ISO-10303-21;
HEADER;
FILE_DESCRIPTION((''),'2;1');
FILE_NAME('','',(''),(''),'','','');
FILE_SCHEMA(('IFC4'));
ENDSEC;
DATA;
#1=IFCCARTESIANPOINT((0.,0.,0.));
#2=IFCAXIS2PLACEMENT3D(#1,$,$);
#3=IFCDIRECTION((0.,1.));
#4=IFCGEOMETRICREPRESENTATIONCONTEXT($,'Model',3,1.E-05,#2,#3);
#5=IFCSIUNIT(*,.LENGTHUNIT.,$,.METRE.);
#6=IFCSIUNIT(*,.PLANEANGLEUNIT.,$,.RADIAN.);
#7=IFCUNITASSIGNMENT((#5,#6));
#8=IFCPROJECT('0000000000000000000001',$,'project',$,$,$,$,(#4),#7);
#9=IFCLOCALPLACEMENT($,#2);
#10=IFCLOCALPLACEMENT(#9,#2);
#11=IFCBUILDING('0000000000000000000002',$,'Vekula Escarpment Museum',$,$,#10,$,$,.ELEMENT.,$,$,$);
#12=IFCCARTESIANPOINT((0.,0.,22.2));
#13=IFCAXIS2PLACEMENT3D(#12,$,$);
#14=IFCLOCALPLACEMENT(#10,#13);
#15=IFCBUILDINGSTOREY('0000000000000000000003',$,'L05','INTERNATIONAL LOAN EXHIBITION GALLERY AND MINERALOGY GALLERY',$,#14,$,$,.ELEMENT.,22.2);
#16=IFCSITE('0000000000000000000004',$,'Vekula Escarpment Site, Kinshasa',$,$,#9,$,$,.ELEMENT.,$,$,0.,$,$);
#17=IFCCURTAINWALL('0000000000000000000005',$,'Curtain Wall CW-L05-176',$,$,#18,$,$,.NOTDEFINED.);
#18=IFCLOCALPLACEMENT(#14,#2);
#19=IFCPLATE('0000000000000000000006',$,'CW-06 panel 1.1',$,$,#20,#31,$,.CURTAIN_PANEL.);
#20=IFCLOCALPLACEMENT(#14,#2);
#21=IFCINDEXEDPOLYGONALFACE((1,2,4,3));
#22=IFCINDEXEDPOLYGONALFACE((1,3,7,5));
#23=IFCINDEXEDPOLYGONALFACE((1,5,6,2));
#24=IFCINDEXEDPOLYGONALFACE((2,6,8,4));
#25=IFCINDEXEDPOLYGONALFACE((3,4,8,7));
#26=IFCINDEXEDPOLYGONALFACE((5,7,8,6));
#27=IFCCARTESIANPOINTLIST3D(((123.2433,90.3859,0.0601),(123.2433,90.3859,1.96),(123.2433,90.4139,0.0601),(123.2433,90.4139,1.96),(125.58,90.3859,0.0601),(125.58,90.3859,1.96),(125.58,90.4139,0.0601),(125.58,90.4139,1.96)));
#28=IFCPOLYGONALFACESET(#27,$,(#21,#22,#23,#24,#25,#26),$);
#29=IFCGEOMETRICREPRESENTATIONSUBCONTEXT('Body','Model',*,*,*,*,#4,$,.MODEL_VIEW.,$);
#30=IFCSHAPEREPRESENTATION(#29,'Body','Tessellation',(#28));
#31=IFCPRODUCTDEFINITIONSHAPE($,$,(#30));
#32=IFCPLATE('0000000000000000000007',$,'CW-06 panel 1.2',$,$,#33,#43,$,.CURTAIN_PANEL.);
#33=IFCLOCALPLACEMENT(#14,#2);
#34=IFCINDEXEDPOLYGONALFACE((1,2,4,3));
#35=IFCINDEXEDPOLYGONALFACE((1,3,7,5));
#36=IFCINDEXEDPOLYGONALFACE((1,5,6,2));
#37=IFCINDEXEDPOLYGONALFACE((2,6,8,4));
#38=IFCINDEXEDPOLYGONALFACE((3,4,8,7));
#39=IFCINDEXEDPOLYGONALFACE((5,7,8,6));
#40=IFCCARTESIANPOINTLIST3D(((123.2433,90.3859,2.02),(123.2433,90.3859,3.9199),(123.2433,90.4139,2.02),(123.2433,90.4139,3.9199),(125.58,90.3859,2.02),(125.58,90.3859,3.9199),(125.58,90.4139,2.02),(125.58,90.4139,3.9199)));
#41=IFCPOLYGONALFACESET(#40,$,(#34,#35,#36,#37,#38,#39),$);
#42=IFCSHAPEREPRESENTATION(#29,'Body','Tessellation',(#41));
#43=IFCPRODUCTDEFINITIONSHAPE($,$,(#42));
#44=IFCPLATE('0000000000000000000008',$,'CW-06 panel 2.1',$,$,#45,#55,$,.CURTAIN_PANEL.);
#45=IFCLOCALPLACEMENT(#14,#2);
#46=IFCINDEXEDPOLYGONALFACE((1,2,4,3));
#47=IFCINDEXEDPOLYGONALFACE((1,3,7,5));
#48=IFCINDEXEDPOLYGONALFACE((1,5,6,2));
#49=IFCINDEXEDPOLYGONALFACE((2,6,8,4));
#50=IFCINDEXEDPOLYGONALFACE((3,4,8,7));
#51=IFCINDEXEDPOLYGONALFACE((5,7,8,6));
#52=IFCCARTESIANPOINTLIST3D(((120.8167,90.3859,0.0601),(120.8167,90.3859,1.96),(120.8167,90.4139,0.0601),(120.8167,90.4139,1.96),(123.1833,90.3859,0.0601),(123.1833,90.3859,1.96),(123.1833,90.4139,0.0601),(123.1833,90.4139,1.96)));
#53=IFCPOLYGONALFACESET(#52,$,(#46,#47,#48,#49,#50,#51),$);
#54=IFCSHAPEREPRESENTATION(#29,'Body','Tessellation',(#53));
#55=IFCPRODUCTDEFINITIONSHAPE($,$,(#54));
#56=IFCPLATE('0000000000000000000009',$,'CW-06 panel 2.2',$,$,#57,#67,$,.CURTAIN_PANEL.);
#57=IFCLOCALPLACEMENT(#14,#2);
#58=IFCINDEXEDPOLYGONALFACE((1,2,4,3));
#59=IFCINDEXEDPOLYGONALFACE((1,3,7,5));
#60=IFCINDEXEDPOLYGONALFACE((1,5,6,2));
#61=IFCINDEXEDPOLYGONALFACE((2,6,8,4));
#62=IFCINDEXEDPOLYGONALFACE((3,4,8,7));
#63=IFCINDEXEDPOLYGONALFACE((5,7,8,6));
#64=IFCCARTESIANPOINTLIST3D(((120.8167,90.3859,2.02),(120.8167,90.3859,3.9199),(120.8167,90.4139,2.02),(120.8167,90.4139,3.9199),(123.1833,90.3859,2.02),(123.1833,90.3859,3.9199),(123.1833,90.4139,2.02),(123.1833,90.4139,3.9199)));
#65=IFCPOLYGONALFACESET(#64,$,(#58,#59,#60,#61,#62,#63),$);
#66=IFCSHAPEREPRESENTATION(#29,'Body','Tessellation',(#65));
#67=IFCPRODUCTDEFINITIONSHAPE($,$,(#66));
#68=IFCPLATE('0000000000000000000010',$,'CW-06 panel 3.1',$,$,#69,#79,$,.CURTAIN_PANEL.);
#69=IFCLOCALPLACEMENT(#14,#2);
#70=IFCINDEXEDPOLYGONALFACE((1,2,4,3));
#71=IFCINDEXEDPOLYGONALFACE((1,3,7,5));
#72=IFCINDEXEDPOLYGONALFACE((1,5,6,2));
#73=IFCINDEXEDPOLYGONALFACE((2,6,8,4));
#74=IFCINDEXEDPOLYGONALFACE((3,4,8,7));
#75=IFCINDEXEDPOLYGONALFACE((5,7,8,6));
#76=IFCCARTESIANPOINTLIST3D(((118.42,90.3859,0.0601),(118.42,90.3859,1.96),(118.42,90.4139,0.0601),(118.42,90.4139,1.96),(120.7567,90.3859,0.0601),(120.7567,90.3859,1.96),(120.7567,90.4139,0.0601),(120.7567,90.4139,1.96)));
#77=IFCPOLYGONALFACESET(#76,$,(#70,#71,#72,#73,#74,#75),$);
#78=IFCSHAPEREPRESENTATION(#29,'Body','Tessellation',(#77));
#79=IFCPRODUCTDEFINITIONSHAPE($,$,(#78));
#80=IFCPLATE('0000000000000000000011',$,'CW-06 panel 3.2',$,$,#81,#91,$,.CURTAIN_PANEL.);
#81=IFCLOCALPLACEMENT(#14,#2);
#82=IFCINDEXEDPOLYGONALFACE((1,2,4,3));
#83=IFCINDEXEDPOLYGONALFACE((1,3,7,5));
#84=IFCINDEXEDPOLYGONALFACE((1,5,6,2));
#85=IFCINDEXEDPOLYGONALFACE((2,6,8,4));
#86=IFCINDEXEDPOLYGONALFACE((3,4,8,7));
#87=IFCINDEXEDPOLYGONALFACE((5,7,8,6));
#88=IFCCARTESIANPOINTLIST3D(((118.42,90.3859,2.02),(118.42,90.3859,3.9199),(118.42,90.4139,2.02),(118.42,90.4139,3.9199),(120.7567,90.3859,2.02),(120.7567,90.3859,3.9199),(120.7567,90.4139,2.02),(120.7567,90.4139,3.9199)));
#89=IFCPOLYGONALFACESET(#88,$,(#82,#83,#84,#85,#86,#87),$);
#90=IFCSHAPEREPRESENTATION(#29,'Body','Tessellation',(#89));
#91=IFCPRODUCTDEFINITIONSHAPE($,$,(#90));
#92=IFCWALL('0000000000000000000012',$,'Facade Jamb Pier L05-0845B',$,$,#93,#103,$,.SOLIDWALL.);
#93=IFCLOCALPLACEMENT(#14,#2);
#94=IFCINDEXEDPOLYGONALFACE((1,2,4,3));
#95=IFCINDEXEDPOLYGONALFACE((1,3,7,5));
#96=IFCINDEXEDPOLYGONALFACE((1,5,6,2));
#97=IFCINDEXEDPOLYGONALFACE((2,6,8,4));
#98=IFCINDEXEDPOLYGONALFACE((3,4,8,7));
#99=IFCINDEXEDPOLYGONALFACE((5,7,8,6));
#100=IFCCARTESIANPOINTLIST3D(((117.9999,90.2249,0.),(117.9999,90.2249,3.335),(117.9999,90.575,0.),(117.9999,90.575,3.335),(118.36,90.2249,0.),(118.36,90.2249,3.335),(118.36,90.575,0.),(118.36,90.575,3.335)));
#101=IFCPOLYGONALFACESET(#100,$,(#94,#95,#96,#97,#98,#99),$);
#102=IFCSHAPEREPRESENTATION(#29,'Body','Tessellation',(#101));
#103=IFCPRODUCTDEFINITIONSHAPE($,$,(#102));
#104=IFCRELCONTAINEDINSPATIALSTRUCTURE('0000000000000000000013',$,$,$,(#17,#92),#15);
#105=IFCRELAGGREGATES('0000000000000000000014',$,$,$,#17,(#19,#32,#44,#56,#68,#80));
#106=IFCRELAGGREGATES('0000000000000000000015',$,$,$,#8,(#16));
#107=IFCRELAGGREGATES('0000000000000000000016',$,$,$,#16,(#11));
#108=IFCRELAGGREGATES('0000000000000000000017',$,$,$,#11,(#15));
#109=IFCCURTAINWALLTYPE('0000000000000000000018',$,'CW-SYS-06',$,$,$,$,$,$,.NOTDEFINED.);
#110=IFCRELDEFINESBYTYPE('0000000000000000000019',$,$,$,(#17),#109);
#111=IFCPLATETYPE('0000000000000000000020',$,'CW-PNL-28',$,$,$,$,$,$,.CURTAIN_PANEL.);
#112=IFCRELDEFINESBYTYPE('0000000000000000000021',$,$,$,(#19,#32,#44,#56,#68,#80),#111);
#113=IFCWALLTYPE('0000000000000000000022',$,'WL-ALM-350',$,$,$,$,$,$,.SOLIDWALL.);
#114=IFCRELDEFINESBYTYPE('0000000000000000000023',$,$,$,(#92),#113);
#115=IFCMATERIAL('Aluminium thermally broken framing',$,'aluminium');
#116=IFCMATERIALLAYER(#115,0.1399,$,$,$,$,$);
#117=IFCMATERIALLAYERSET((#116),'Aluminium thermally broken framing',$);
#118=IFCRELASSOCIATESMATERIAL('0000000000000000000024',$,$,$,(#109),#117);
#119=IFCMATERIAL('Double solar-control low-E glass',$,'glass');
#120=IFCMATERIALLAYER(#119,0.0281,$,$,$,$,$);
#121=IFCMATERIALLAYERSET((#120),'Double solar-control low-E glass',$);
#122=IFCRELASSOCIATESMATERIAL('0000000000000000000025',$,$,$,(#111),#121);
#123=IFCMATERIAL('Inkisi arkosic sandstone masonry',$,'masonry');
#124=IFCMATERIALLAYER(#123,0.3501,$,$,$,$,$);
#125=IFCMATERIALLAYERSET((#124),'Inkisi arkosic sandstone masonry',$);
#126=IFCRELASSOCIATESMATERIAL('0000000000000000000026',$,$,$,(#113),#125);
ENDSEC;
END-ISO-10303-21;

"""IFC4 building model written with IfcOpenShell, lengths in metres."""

from ifc_helpers import new_model, si_unit, direction, frame, frame_2d, origin, origin_2d, place, context, subcontext, project, spatial, rectangle, extrude, material, layer, layer_set, type_object, element, aggregate, save


model = new_model("IFC4")

# Units and contexts
model_context = context("Model", 3, precision=1e-05, world=origin(), true_north=direction((0.0, 1.0)))
body_context = subcontext(model_context, "Body", "Model", "MODEL_VIEW")
ifc_project = project(units=[si_unit("LENGTHUNIT", "METRE"), si_unit("PLANEANGLEUNIT", "RADIAN")], contexts=[model_context])

# Site, building, storey
site_placement = place(None, origin())
site = spatial("IfcSite", under=ifc_project, at=site_placement, Name="Vekula Escarpment Site, Kinshasa", CompositionType="ELEMENT", RefElevation=0.0)
building_placement = place(site_placement, origin())
building = spatial("IfcBuilding", under=site, at=building_placement, Name="Vekula Escarpment Museum", CompositionType="ELEMENT")
storey_placement = place(building_placement, frame((0.0, 0.0, 22.2)))
storey = spatial("IfcBuildingStorey", under=building, at=storey_placement, Name="L05", Description="INTERNATIONAL LOAN EXHIBITION GALLERY AND MINERALOGY GALLERY", CompositionType="ELEMENT", Elevation=22.2)

# Curtain wall
ifc_material_1 = material(Name="Aluminium thermally broken framing", Category="aluminium")
ifc_layer_1 = layer(ifc_material_1, 0.1399)
ifc_layer_set_1 = layer_set([ifc_layer_1], Name="Aluminium thermally broken framing")
curtain_wall_type = type_object("IfcCurtainWallType", Name="CW-SYS-06", PredefinedType="NOTDEFINED", material=ifc_layer_set_1)
curtain_wall_placement = place(storey_placement, origin())
curtain_wall = element("IfcCurtainWall", 1, at=curtain_wall_placement, inside=storey, type_object=curtain_wall_type, Name="Curtain Wall CW-L05-176", PredefinedType="NOTDEFINED")

# Plates
ifc_material_2 = material(Name="Double solar-control low-E glass", Category="glass")
ifc_layer_2 = layer(ifc_material_2, 0.0281)
ifc_layer_set_2 = layer_set([ifc_layer_2], Name="Double solar-control low-E glass")
plate_type = type_object("IfcPlateType", Name="CW-PNL-28", PredefinedType="CURTAIN_PANEL", material=ifc_layer_set_2)
plate_1_placement = place(storey_placement, frame((124.4116, 90.3999, 0.0601), z_axis=(0.0, 0.0, 1.0), x_axis=(-1.0, 0.0, 0.0)))
plate_1 = element("IfcPlate", 2, at=plate_1_placement, type_object=plate_type, Name="CW-06 panel 1.1", PredefinedType="CURTAIN_PANEL", context=body_context, shape_type="SweptSolid", body=[
    extrude(rectangle(XDim=2.3367, YDim=0.0281, at=origin_2d()), origin(), (0.0, 0.0, 1.0), 1.8999),
])
plate_2_placement = place(storey_placement, frame((124.4116, 90.3999, 2.02), z_axis=(0.0, 0.0, 1.0), x_axis=(-1.0, 0.0, 0.0)))
plate_2 = element("IfcPlate", 3, at=plate_2_placement, type_object=plate_type, Name="CW-06 panel 1.2", PredefinedType="CURTAIN_PANEL", context=body_context, shape_type="SweptSolid", body=[
    extrude(rectangle(XDim=2.3367, YDim=0.0281, at=origin_2d()), origin(), (0.0, 0.0, 1.0), 1.8999),
])
plate_3_placement = place(storey_placement, frame((122.0, 90.3999, 0.0601), z_axis=(0.0, 0.0, 1.0), x_axis=(-1.0, 0.0, 0.0)))
plate_3 = element("IfcPlate", 4, at=plate_3_placement, type_object=plate_type, Name="CW-06 panel 2.1", PredefinedType="CURTAIN_PANEL", context=body_context, shape_type="SweptSolid", body=[
    extrude(rectangle(XDim=2.3667, YDim=0.0281, at=origin_2d()), origin(), (0.0, 0.0, 1.0), 1.8999),
])
plate_4_placement = place(storey_placement, frame((122.0, 90.3999, 2.02), z_axis=(0.0, 0.0, 1.0), x_axis=(-1.0, 0.0, 0.0)))
plate_4 = element("IfcPlate", 5, at=plate_4_placement, type_object=plate_type, Name="CW-06 panel 2.2", PredefinedType="CURTAIN_PANEL", context=body_context, shape_type="SweptSolid", body=[
    extrude(rectangle(XDim=2.3667, YDim=0.0281, at=origin_2d()), origin(), (0.0, 0.0, 1.0), 1.8999),
])
plate_5_placement = place(storey_placement, frame((119.5884, 90.3999, 0.0601), z_axis=(0.0, 0.0, 1.0), x_axis=(-1.0, 0.0, 0.0)))
plate_5 = element("IfcPlate", 6, at=plate_5_placement, type_object=plate_type, Name="CW-06 panel 3.1", PredefinedType="CURTAIN_PANEL", context=body_context, shape_type="SweptSolid", body=[
    extrude(rectangle(XDim=2.3367, YDim=0.0281, at=origin_2d()), origin(), (0.0, 0.0, 1.0), 1.8999),
])
plate_6_placement = place(storey_placement, frame((119.5884, 90.3999, 2.02), z_axis=(0.0, 0.0, 1.0), x_axis=(-1.0, 0.0, 0.0)))
plate_6 = element("IfcPlate", 7, at=plate_6_placement, type_object=plate_type, Name="CW-06 panel 3.2", PredefinedType="CURTAIN_PANEL", context=body_context, shape_type="SweptSolid", body=[
    extrude(rectangle(XDim=2.3367, YDim=0.0281, at=origin_2d()), origin(), (0.0, 0.0, 1.0), 1.8999),
])
aggregate(curtain_wall, [plate_1, plate_2, plate_3, plate_4, plate_5, plate_6])

# Wall
ifc_material_3 = material(Name="Inkisi arkosic sandstone masonry", Category="masonry")
ifc_layer_3 = layer(ifc_material_3, 0.3501)
ifc_layer_set_3 = layer_set([ifc_layer_3], Name="Inkisi arkosic sandstone masonry")
wall_type = type_object("IfcWallType", Name="WL-ALM-350", PredefinedType="SOLIDWALL", material=ifc_layer_set_3)
wall_placement = place(storey_placement, frame((118.3601, 90.3999, 0.0), z_axis=(0.0, 0.0, 1.0), x_axis=(-1.0, 0.0, 0.0)))
element("IfcWall", 8, at=wall_placement, inside=storey, type_object=wall_type, Name="Facade Jamb Pier L05-0845B", PredefinedType="SOLIDWALL", context=body_context, shape_type="SweptSolid", body=[
    extrude(rectangle(XDim=0.3601, YDim=0.3501, at=frame_2d((0.1802, 0.0))), origin(), (0.0, 0.0, 1.0), 3.335),
])

save(model, "model.ifc")
